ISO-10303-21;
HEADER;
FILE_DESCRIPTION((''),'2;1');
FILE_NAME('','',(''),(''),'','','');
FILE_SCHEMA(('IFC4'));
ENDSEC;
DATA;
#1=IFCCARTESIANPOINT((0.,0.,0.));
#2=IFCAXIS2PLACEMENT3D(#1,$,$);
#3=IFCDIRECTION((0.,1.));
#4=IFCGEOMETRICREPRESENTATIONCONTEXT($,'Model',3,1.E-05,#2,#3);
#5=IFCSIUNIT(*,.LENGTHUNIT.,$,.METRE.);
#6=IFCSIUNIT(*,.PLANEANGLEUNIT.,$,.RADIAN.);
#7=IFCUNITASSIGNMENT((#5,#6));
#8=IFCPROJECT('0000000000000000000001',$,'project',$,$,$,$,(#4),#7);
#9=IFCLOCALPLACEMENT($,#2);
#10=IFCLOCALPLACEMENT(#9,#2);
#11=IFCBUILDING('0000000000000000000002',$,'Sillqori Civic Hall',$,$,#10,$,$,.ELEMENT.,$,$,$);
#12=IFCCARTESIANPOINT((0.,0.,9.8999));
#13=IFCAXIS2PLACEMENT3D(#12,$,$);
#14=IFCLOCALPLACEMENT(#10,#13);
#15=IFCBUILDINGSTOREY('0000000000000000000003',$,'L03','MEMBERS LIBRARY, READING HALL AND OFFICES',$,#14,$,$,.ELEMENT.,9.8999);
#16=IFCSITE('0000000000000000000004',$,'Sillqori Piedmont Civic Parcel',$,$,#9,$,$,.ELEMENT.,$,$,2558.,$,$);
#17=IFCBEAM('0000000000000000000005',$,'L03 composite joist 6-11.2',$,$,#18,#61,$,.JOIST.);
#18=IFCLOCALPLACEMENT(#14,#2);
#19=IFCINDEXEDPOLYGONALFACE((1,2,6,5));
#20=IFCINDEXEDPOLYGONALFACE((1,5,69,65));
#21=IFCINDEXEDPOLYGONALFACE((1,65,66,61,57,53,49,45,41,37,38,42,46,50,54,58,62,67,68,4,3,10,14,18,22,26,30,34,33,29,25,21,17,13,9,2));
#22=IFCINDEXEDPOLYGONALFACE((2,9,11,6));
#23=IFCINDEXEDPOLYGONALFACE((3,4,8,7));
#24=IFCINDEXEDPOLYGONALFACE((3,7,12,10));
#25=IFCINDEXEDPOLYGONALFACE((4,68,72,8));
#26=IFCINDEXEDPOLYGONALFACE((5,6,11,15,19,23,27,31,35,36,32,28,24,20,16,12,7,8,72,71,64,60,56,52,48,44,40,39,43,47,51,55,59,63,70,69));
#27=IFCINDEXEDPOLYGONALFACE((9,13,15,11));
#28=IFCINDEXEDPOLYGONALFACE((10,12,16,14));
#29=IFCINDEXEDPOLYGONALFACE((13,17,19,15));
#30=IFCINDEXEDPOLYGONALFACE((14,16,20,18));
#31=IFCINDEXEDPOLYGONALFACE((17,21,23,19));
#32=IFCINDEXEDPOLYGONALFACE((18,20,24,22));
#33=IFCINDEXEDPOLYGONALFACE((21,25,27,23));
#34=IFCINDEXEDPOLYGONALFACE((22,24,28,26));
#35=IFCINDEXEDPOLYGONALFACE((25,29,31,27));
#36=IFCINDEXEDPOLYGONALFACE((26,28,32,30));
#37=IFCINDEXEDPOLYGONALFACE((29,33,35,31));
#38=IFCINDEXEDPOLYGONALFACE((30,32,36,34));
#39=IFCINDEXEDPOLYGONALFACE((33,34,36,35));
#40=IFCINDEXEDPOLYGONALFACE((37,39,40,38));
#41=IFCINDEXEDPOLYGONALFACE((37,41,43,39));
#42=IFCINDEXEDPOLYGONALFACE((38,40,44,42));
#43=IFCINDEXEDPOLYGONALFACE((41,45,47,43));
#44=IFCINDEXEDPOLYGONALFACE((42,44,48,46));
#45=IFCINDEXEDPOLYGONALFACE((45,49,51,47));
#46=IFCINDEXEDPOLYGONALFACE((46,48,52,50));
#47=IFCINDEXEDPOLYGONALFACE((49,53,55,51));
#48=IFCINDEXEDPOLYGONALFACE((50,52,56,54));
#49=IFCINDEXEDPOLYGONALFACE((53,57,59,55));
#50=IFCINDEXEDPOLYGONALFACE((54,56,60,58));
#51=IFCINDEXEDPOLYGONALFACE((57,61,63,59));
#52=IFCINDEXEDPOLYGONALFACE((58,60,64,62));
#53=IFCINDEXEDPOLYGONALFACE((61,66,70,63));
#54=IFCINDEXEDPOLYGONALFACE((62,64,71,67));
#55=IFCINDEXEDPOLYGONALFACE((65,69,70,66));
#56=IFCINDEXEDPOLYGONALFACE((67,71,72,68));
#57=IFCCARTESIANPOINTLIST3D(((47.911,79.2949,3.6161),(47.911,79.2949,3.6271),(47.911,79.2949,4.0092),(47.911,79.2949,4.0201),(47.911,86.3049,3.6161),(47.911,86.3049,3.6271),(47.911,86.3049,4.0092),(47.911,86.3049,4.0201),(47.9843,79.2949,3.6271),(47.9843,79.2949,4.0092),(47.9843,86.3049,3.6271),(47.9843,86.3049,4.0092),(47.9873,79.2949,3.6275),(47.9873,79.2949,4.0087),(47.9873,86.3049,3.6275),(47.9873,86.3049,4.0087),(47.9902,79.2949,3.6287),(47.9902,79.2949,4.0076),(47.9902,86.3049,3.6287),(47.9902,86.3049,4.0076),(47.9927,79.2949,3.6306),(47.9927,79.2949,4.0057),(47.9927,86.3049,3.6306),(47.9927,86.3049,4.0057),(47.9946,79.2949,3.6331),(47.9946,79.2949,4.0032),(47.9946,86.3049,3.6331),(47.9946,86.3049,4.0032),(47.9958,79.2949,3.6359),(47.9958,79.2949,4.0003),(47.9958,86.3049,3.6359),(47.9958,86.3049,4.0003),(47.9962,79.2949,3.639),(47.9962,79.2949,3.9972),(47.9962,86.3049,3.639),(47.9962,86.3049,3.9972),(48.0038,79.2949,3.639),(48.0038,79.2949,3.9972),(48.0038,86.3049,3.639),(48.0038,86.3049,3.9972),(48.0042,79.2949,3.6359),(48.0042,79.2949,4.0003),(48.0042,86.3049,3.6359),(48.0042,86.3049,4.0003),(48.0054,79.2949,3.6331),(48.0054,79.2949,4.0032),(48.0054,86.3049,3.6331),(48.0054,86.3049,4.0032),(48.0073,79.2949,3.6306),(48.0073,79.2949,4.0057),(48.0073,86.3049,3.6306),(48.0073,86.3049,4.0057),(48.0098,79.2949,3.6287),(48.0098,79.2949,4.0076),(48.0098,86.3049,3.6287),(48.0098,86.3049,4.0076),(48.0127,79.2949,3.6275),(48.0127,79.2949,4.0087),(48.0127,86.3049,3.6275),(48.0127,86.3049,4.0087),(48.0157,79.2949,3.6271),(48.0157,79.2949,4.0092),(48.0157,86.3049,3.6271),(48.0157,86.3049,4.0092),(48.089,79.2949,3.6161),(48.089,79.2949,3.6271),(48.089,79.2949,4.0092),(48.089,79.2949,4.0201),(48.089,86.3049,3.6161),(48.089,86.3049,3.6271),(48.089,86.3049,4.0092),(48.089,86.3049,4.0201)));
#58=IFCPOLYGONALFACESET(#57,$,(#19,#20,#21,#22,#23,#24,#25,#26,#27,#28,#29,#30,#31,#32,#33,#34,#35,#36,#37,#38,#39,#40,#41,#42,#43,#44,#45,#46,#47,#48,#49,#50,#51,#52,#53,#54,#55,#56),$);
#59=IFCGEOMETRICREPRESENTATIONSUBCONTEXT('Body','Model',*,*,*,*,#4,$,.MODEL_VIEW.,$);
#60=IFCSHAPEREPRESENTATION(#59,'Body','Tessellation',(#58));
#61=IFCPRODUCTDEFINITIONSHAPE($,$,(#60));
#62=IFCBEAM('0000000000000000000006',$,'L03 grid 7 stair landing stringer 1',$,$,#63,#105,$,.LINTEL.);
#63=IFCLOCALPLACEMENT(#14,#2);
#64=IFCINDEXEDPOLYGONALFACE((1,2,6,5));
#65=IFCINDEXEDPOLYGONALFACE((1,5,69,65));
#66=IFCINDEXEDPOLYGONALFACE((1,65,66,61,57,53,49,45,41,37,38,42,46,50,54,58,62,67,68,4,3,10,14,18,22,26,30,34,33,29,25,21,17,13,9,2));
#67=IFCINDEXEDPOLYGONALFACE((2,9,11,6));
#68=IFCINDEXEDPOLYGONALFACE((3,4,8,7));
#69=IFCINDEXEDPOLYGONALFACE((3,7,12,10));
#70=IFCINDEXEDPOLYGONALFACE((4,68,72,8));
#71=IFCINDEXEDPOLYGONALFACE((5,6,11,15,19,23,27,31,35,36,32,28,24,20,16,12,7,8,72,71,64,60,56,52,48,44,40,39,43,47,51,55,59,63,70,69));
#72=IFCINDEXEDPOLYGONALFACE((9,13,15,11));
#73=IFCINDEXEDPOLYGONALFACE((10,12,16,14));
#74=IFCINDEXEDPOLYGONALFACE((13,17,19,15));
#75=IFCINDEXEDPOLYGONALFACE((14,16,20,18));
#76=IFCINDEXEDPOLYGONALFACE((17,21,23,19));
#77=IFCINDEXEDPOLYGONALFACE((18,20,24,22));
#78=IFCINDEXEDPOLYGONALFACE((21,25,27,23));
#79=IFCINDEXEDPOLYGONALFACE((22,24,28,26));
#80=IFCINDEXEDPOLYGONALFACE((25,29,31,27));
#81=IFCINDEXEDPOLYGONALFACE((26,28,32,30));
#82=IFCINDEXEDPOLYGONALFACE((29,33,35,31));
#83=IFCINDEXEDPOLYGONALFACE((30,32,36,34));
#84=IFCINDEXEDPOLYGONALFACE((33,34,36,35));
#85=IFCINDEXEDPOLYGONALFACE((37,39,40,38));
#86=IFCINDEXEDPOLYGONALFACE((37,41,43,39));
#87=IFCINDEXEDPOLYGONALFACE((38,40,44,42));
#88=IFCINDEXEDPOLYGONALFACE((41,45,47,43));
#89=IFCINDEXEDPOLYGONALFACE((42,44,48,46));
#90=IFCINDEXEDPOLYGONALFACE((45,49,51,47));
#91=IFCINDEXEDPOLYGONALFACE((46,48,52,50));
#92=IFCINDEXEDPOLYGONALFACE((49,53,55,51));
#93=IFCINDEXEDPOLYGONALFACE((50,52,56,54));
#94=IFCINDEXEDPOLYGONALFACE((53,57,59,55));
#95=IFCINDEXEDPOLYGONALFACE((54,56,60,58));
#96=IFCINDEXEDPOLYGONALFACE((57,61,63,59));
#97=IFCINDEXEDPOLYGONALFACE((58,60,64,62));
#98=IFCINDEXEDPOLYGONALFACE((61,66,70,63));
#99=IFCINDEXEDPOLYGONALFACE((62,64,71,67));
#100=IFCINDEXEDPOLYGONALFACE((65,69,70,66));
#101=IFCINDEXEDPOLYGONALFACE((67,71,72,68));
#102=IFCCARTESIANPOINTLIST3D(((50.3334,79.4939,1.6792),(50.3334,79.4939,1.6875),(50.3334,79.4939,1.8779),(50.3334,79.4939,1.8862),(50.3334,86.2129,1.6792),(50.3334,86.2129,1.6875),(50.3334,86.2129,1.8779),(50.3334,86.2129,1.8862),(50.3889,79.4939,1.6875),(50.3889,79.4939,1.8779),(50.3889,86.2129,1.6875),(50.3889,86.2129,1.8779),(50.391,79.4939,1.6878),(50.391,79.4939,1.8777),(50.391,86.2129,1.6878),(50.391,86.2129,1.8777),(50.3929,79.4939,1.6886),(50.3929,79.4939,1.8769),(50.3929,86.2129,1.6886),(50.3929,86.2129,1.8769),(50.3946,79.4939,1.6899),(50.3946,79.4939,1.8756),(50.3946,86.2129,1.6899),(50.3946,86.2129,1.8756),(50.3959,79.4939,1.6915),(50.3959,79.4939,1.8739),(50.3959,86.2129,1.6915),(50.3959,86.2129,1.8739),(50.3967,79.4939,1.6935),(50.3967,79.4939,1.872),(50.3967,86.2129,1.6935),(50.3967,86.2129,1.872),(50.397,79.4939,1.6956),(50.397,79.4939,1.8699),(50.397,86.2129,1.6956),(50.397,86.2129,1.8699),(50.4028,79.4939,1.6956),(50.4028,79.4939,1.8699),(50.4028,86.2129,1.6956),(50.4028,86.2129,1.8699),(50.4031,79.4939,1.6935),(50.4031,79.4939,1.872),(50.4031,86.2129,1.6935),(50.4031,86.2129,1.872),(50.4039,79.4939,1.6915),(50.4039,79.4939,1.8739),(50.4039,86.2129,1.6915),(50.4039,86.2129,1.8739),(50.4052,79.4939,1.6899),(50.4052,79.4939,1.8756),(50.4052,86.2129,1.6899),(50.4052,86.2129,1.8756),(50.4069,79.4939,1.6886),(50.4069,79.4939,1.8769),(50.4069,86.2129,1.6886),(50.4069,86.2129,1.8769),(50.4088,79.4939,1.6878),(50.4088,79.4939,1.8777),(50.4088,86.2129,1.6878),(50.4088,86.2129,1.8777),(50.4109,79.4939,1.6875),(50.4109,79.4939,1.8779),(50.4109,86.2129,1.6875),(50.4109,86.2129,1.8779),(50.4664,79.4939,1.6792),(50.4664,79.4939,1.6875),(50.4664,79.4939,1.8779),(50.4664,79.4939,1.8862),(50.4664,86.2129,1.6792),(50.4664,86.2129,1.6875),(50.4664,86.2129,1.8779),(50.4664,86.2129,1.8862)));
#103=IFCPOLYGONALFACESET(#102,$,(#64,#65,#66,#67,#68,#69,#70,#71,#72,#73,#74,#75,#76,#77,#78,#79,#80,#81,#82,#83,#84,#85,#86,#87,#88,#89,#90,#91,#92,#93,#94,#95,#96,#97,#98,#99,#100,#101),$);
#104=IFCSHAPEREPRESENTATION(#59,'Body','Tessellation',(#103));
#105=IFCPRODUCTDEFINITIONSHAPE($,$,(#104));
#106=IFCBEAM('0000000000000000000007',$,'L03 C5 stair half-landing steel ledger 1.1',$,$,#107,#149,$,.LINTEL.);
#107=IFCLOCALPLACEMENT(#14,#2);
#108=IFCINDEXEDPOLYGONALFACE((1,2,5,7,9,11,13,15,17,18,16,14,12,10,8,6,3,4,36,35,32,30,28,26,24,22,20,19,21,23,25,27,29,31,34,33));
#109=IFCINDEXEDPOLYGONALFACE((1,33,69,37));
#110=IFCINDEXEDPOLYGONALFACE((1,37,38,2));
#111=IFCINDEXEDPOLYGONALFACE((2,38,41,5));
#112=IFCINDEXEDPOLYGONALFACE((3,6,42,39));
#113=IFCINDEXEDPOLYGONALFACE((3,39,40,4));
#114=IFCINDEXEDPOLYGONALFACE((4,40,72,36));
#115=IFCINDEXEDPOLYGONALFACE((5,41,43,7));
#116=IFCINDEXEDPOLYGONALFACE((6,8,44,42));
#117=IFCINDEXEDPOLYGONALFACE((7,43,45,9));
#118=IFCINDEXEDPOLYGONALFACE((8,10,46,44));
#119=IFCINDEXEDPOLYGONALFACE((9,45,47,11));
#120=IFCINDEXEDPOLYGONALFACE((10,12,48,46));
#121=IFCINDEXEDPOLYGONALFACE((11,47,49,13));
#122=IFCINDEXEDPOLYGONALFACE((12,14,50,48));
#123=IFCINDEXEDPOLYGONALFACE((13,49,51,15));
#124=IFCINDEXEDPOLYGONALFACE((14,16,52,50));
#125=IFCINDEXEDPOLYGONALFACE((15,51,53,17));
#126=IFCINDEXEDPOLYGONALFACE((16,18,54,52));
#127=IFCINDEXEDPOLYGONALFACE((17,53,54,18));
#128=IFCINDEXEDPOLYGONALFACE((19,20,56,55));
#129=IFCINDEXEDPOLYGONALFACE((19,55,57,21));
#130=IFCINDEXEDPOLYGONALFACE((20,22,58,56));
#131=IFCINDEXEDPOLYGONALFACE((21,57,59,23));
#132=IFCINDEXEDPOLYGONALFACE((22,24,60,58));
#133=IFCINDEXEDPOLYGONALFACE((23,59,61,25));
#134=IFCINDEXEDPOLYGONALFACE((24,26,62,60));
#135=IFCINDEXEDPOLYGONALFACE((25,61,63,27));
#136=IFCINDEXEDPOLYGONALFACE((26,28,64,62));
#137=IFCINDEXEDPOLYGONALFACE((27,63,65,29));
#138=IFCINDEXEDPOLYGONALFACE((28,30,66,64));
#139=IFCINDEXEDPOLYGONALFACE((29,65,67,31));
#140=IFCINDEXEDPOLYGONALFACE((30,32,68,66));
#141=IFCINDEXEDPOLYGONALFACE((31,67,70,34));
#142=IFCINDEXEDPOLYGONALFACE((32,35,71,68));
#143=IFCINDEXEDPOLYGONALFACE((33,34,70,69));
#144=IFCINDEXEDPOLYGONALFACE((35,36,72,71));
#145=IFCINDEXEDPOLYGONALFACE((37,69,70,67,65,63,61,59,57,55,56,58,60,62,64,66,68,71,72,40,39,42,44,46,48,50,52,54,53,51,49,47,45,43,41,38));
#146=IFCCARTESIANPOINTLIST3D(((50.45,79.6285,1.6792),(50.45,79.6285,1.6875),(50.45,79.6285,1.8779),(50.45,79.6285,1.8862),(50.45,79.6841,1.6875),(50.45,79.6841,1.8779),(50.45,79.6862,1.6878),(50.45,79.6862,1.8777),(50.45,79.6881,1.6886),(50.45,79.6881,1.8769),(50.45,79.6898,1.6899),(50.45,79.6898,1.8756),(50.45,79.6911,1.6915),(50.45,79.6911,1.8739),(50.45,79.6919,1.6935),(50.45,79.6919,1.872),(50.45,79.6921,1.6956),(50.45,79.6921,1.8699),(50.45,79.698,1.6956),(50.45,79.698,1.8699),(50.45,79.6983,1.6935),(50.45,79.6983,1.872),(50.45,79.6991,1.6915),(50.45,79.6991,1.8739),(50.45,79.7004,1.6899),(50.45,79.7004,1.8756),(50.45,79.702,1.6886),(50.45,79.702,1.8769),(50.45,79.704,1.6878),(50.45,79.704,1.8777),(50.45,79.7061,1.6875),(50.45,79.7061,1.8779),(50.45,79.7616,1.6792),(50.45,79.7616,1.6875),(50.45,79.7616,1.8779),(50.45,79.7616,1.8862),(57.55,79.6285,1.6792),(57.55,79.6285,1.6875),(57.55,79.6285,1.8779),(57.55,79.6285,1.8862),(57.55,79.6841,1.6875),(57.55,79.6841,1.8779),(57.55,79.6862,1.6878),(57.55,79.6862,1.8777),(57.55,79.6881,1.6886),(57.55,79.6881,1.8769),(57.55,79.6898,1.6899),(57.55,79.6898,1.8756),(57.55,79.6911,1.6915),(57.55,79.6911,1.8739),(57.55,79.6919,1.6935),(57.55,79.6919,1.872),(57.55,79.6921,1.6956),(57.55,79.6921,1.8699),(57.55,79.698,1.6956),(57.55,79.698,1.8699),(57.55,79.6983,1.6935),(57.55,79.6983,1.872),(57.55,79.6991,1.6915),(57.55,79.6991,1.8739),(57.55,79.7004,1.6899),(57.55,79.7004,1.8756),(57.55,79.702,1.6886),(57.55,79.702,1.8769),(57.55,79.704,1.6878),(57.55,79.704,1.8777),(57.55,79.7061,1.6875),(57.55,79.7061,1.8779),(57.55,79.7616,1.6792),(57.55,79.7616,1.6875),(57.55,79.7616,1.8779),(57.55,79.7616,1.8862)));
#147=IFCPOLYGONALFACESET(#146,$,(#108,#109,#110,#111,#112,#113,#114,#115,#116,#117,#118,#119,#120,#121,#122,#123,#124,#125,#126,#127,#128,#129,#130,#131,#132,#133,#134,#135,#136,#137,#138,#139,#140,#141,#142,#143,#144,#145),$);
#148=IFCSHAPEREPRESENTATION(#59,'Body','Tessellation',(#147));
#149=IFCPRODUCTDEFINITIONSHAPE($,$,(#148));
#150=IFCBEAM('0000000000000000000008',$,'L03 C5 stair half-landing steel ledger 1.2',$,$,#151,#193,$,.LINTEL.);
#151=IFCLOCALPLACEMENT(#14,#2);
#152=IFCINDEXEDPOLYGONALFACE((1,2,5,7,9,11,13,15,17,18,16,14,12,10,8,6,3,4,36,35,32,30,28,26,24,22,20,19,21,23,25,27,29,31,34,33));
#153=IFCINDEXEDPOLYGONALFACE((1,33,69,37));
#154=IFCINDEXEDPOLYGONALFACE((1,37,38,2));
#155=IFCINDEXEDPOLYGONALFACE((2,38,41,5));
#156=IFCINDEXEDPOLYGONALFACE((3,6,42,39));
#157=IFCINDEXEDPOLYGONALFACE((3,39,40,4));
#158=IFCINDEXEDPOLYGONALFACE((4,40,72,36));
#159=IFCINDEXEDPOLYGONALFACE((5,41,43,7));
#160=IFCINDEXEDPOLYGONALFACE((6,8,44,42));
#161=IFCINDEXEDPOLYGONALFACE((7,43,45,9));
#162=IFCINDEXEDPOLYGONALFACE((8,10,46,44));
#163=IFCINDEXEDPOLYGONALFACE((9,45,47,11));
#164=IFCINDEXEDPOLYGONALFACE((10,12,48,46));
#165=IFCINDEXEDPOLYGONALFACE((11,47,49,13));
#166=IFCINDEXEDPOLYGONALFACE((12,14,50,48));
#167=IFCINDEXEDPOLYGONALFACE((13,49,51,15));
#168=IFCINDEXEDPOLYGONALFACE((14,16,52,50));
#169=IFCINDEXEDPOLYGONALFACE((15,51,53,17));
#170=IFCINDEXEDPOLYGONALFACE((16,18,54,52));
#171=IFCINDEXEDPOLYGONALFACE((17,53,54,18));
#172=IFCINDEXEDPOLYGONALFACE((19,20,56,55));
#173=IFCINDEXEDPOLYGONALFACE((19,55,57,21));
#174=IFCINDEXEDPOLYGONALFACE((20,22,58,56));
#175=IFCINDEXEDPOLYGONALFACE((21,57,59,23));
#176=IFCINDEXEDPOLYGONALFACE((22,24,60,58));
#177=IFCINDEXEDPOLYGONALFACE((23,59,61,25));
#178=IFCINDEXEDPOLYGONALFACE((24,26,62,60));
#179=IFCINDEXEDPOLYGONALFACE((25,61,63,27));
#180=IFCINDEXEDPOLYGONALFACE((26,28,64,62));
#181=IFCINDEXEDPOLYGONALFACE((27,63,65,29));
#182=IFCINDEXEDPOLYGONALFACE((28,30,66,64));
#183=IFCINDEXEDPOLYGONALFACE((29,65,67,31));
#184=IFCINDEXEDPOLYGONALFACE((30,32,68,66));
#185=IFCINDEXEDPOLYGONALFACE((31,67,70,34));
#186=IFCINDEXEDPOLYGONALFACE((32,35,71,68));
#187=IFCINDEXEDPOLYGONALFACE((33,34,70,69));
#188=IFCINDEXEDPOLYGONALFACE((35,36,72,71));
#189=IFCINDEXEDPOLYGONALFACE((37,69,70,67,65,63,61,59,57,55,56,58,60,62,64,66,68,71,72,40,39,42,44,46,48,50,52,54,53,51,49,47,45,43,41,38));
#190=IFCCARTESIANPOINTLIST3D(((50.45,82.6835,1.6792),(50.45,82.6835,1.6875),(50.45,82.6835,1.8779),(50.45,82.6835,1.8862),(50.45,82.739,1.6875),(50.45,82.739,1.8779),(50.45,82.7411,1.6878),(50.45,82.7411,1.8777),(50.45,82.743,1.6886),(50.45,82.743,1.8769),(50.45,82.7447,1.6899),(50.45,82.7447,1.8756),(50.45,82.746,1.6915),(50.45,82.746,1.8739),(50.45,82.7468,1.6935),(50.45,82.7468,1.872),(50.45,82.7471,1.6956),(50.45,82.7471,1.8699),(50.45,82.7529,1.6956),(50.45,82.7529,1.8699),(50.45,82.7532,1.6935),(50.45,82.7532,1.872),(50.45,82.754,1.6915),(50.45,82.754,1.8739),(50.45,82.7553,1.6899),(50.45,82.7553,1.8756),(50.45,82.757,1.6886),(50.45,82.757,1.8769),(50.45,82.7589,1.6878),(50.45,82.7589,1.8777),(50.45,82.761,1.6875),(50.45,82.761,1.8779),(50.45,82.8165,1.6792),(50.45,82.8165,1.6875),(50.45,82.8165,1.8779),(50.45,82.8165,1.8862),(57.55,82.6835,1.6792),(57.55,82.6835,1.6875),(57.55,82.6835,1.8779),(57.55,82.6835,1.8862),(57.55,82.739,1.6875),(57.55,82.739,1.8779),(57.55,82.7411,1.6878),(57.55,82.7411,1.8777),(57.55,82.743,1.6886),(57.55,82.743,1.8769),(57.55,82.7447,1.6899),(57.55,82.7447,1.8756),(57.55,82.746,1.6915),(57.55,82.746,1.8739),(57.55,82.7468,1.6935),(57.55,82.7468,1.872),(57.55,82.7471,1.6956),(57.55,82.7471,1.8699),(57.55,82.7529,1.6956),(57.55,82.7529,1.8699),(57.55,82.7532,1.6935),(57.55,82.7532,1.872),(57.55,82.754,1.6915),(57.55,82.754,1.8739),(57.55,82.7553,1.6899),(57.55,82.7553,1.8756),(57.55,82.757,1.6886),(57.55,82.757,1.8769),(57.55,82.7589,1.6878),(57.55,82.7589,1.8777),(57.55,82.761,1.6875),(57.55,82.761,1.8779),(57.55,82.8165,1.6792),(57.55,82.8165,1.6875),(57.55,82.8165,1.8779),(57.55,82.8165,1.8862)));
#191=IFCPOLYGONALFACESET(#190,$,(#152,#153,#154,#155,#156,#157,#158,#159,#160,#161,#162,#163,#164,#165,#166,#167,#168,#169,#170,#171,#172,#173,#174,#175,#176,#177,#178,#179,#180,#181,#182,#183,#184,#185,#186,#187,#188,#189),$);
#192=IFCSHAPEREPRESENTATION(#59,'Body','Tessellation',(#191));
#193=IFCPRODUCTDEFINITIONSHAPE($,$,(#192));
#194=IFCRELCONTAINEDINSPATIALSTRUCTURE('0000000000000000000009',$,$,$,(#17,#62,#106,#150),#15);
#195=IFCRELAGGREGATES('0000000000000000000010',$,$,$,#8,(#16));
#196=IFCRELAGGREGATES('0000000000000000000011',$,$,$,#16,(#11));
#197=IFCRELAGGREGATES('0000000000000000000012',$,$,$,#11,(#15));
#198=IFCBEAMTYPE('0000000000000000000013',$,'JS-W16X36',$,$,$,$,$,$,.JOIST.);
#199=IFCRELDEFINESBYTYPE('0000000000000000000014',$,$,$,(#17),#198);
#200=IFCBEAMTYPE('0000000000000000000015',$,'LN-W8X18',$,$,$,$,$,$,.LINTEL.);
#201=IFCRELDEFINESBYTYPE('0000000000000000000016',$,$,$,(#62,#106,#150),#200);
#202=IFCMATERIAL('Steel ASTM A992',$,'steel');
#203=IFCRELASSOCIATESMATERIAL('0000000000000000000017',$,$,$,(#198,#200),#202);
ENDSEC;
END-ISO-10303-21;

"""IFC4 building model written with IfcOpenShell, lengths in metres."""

from ifc_helpers import new_model, si_unit, direction, frame, origin, origin_2d, place, context, subcontext, project, spatial, i_section, extrude, material, material_profile, profile_set, type_object, element, save


model = new_model("IFC4")

# Units and contexts
model_context = context("Model", 3, precision=1e-05, world=origin(), true_north=direction((0.0, 1.0)))
body_context = subcontext(model_context, "Body", "Model", "MODEL_VIEW")
ifc_project = project(units=[si_unit("LENGTHUNIT", "METRE"), si_unit("PLANEANGLEUNIT", "RADIAN")], contexts=[model_context])

# Site, building, storey
site_placement = place(None, origin())
site = spatial("IfcSite", under=ifc_project, at=site_placement, Name="Sillqori Piedmont Civic Parcel", CompositionType="ELEMENT", RefElevation=2558.0)
building_placement = place(site_placement, origin())
building = spatial("IfcBuilding", under=site, at=building_placement, Name="Sillqori Civic Hall", CompositionType="ELEMENT")
storey_placement = place(building_placement, frame((0.0, 0.0, 9.8999)))
storey = spatial("IfcBuildingStorey", under=building, at=storey_placement, Name="L03", Description="MEMBERS LIBRARY, READING HALL AND OFFICES", CompositionType="ELEMENT", Elevation=9.8999)

# Beams
ifc_material_1 = material(Name="Steel ASTM A992", Category="steel")
ifc_material_profile_1 = material_profile(ifc_material_1, i_section(OverallWidth=0.178, OverallDepth=0.4041, WebThickness=0.0076, FlangeThickness=0.011, FilletRadius=0.012, at=origin_2d()), Name="W16X36")
ifc_profile_set_1 = profile_set([ifc_material_profile_1], Name="Steel ASTM A992")
beam_type_1 = type_object("IfcBeamType", Name="JS-W16X36", PredefinedType="JOIST", material=ifc_profile_set_1)
for number, where, z_axis, x_axis, name in (
    (1, (48.0, 79.2949, 3.8181), (0.0, 1.0, 0.0), (-1.0, 0.0, 0.0), "L03 composite joist 6-11.2"),
):
    element("IfcBeam", number, at=place(storey_placement, frame(where, z_axis=z_axis, x_axis=x_axis)), inside=storey, type_object=beam_type_1, Name=name, PredefinedType="JOIST", context=body_context, shape_type="SweptSolid", body=[
        extrude(i_section(OverallWidth=0.178, OverallDepth=0.4041, WebThickness=0.0076, FlangeThickness=0.011, FilletRadius=0.012, at=origin_2d()), origin(), (0.0, 0.0, 1.0), 7.01),
    ])
ifc_material_profile_2 = material_profile(ifc_material_1, i_section(OverallWidth=0.1331, OverallDepth=0.207, WebThickness=0.0059, FlangeThickness=0.0083, FilletRadius=0.0081, at=origin_2d()), Name="W8X18")
ifc_profile_set_2 = profile_set([ifc_material_profile_2], Name="Steel ASTM A992")
beam_type_2 = type_object("IfcBeamType", Name="LN-W8X18", PredefinedType="LINTEL", material=ifc_profile_set_2)
beam_1_placement = place(storey_placement, frame((50.3999, 79.4939, 1.7827), z_axis=(0.0, 1.0, 0.0), x_axis=(-1.0, 0.0, 0.0)))
element("IfcBeam", 2, at=beam_1_placement, inside=storey, type_object=beam_type_2, Name="L03 grid 7 stair landing stringer 1", PredefinedType="LINTEL", context=body_context, shape_type="SweptSolid", body=[
    extrude(i_section(OverallWidth=0.1331, OverallDepth=0.207, WebThickness=0.0059, FlangeThickness=0.0083, FilletRadius=0.0081, at=origin_2d()), origin(), (0.0, 0.0, 1.0), 6.719),
])
for number, where, z_axis, x_axis, name in (
    (3, (50.45, 79.6951, 1.7827), (1.0, 0.0, 0.0), (0.0, 1.0, 0.0), "L03 C5 stair half-landing steel ledger 1.1"),
    (4, (50.45, 82.75, 1.7827), (1.0, 0.0, 0.0), (0.0, 1.0, 0.0), "L03 C5 stair half-landing steel ledger 1.2"),
):
    element("IfcBeam", number, at=place(storey_placement, frame(where, z_axis=z_axis, x_axis=x_axis)), inside=storey, type_object=beam_type_2, Name=name, PredefinedType="LINTEL", context=body_context, shape_type="SweptSolid", body=[
        extrude(i_section(OverallWidth=0.1331, OverallDepth=0.207, WebThickness=0.0059, FlangeThickness=0.0083, FilletRadius=0.0081, at=origin_2d()), origin(), (0.0, 0.0, 1.0), 7.1001),
    ])

save(model, "model.ifc")
